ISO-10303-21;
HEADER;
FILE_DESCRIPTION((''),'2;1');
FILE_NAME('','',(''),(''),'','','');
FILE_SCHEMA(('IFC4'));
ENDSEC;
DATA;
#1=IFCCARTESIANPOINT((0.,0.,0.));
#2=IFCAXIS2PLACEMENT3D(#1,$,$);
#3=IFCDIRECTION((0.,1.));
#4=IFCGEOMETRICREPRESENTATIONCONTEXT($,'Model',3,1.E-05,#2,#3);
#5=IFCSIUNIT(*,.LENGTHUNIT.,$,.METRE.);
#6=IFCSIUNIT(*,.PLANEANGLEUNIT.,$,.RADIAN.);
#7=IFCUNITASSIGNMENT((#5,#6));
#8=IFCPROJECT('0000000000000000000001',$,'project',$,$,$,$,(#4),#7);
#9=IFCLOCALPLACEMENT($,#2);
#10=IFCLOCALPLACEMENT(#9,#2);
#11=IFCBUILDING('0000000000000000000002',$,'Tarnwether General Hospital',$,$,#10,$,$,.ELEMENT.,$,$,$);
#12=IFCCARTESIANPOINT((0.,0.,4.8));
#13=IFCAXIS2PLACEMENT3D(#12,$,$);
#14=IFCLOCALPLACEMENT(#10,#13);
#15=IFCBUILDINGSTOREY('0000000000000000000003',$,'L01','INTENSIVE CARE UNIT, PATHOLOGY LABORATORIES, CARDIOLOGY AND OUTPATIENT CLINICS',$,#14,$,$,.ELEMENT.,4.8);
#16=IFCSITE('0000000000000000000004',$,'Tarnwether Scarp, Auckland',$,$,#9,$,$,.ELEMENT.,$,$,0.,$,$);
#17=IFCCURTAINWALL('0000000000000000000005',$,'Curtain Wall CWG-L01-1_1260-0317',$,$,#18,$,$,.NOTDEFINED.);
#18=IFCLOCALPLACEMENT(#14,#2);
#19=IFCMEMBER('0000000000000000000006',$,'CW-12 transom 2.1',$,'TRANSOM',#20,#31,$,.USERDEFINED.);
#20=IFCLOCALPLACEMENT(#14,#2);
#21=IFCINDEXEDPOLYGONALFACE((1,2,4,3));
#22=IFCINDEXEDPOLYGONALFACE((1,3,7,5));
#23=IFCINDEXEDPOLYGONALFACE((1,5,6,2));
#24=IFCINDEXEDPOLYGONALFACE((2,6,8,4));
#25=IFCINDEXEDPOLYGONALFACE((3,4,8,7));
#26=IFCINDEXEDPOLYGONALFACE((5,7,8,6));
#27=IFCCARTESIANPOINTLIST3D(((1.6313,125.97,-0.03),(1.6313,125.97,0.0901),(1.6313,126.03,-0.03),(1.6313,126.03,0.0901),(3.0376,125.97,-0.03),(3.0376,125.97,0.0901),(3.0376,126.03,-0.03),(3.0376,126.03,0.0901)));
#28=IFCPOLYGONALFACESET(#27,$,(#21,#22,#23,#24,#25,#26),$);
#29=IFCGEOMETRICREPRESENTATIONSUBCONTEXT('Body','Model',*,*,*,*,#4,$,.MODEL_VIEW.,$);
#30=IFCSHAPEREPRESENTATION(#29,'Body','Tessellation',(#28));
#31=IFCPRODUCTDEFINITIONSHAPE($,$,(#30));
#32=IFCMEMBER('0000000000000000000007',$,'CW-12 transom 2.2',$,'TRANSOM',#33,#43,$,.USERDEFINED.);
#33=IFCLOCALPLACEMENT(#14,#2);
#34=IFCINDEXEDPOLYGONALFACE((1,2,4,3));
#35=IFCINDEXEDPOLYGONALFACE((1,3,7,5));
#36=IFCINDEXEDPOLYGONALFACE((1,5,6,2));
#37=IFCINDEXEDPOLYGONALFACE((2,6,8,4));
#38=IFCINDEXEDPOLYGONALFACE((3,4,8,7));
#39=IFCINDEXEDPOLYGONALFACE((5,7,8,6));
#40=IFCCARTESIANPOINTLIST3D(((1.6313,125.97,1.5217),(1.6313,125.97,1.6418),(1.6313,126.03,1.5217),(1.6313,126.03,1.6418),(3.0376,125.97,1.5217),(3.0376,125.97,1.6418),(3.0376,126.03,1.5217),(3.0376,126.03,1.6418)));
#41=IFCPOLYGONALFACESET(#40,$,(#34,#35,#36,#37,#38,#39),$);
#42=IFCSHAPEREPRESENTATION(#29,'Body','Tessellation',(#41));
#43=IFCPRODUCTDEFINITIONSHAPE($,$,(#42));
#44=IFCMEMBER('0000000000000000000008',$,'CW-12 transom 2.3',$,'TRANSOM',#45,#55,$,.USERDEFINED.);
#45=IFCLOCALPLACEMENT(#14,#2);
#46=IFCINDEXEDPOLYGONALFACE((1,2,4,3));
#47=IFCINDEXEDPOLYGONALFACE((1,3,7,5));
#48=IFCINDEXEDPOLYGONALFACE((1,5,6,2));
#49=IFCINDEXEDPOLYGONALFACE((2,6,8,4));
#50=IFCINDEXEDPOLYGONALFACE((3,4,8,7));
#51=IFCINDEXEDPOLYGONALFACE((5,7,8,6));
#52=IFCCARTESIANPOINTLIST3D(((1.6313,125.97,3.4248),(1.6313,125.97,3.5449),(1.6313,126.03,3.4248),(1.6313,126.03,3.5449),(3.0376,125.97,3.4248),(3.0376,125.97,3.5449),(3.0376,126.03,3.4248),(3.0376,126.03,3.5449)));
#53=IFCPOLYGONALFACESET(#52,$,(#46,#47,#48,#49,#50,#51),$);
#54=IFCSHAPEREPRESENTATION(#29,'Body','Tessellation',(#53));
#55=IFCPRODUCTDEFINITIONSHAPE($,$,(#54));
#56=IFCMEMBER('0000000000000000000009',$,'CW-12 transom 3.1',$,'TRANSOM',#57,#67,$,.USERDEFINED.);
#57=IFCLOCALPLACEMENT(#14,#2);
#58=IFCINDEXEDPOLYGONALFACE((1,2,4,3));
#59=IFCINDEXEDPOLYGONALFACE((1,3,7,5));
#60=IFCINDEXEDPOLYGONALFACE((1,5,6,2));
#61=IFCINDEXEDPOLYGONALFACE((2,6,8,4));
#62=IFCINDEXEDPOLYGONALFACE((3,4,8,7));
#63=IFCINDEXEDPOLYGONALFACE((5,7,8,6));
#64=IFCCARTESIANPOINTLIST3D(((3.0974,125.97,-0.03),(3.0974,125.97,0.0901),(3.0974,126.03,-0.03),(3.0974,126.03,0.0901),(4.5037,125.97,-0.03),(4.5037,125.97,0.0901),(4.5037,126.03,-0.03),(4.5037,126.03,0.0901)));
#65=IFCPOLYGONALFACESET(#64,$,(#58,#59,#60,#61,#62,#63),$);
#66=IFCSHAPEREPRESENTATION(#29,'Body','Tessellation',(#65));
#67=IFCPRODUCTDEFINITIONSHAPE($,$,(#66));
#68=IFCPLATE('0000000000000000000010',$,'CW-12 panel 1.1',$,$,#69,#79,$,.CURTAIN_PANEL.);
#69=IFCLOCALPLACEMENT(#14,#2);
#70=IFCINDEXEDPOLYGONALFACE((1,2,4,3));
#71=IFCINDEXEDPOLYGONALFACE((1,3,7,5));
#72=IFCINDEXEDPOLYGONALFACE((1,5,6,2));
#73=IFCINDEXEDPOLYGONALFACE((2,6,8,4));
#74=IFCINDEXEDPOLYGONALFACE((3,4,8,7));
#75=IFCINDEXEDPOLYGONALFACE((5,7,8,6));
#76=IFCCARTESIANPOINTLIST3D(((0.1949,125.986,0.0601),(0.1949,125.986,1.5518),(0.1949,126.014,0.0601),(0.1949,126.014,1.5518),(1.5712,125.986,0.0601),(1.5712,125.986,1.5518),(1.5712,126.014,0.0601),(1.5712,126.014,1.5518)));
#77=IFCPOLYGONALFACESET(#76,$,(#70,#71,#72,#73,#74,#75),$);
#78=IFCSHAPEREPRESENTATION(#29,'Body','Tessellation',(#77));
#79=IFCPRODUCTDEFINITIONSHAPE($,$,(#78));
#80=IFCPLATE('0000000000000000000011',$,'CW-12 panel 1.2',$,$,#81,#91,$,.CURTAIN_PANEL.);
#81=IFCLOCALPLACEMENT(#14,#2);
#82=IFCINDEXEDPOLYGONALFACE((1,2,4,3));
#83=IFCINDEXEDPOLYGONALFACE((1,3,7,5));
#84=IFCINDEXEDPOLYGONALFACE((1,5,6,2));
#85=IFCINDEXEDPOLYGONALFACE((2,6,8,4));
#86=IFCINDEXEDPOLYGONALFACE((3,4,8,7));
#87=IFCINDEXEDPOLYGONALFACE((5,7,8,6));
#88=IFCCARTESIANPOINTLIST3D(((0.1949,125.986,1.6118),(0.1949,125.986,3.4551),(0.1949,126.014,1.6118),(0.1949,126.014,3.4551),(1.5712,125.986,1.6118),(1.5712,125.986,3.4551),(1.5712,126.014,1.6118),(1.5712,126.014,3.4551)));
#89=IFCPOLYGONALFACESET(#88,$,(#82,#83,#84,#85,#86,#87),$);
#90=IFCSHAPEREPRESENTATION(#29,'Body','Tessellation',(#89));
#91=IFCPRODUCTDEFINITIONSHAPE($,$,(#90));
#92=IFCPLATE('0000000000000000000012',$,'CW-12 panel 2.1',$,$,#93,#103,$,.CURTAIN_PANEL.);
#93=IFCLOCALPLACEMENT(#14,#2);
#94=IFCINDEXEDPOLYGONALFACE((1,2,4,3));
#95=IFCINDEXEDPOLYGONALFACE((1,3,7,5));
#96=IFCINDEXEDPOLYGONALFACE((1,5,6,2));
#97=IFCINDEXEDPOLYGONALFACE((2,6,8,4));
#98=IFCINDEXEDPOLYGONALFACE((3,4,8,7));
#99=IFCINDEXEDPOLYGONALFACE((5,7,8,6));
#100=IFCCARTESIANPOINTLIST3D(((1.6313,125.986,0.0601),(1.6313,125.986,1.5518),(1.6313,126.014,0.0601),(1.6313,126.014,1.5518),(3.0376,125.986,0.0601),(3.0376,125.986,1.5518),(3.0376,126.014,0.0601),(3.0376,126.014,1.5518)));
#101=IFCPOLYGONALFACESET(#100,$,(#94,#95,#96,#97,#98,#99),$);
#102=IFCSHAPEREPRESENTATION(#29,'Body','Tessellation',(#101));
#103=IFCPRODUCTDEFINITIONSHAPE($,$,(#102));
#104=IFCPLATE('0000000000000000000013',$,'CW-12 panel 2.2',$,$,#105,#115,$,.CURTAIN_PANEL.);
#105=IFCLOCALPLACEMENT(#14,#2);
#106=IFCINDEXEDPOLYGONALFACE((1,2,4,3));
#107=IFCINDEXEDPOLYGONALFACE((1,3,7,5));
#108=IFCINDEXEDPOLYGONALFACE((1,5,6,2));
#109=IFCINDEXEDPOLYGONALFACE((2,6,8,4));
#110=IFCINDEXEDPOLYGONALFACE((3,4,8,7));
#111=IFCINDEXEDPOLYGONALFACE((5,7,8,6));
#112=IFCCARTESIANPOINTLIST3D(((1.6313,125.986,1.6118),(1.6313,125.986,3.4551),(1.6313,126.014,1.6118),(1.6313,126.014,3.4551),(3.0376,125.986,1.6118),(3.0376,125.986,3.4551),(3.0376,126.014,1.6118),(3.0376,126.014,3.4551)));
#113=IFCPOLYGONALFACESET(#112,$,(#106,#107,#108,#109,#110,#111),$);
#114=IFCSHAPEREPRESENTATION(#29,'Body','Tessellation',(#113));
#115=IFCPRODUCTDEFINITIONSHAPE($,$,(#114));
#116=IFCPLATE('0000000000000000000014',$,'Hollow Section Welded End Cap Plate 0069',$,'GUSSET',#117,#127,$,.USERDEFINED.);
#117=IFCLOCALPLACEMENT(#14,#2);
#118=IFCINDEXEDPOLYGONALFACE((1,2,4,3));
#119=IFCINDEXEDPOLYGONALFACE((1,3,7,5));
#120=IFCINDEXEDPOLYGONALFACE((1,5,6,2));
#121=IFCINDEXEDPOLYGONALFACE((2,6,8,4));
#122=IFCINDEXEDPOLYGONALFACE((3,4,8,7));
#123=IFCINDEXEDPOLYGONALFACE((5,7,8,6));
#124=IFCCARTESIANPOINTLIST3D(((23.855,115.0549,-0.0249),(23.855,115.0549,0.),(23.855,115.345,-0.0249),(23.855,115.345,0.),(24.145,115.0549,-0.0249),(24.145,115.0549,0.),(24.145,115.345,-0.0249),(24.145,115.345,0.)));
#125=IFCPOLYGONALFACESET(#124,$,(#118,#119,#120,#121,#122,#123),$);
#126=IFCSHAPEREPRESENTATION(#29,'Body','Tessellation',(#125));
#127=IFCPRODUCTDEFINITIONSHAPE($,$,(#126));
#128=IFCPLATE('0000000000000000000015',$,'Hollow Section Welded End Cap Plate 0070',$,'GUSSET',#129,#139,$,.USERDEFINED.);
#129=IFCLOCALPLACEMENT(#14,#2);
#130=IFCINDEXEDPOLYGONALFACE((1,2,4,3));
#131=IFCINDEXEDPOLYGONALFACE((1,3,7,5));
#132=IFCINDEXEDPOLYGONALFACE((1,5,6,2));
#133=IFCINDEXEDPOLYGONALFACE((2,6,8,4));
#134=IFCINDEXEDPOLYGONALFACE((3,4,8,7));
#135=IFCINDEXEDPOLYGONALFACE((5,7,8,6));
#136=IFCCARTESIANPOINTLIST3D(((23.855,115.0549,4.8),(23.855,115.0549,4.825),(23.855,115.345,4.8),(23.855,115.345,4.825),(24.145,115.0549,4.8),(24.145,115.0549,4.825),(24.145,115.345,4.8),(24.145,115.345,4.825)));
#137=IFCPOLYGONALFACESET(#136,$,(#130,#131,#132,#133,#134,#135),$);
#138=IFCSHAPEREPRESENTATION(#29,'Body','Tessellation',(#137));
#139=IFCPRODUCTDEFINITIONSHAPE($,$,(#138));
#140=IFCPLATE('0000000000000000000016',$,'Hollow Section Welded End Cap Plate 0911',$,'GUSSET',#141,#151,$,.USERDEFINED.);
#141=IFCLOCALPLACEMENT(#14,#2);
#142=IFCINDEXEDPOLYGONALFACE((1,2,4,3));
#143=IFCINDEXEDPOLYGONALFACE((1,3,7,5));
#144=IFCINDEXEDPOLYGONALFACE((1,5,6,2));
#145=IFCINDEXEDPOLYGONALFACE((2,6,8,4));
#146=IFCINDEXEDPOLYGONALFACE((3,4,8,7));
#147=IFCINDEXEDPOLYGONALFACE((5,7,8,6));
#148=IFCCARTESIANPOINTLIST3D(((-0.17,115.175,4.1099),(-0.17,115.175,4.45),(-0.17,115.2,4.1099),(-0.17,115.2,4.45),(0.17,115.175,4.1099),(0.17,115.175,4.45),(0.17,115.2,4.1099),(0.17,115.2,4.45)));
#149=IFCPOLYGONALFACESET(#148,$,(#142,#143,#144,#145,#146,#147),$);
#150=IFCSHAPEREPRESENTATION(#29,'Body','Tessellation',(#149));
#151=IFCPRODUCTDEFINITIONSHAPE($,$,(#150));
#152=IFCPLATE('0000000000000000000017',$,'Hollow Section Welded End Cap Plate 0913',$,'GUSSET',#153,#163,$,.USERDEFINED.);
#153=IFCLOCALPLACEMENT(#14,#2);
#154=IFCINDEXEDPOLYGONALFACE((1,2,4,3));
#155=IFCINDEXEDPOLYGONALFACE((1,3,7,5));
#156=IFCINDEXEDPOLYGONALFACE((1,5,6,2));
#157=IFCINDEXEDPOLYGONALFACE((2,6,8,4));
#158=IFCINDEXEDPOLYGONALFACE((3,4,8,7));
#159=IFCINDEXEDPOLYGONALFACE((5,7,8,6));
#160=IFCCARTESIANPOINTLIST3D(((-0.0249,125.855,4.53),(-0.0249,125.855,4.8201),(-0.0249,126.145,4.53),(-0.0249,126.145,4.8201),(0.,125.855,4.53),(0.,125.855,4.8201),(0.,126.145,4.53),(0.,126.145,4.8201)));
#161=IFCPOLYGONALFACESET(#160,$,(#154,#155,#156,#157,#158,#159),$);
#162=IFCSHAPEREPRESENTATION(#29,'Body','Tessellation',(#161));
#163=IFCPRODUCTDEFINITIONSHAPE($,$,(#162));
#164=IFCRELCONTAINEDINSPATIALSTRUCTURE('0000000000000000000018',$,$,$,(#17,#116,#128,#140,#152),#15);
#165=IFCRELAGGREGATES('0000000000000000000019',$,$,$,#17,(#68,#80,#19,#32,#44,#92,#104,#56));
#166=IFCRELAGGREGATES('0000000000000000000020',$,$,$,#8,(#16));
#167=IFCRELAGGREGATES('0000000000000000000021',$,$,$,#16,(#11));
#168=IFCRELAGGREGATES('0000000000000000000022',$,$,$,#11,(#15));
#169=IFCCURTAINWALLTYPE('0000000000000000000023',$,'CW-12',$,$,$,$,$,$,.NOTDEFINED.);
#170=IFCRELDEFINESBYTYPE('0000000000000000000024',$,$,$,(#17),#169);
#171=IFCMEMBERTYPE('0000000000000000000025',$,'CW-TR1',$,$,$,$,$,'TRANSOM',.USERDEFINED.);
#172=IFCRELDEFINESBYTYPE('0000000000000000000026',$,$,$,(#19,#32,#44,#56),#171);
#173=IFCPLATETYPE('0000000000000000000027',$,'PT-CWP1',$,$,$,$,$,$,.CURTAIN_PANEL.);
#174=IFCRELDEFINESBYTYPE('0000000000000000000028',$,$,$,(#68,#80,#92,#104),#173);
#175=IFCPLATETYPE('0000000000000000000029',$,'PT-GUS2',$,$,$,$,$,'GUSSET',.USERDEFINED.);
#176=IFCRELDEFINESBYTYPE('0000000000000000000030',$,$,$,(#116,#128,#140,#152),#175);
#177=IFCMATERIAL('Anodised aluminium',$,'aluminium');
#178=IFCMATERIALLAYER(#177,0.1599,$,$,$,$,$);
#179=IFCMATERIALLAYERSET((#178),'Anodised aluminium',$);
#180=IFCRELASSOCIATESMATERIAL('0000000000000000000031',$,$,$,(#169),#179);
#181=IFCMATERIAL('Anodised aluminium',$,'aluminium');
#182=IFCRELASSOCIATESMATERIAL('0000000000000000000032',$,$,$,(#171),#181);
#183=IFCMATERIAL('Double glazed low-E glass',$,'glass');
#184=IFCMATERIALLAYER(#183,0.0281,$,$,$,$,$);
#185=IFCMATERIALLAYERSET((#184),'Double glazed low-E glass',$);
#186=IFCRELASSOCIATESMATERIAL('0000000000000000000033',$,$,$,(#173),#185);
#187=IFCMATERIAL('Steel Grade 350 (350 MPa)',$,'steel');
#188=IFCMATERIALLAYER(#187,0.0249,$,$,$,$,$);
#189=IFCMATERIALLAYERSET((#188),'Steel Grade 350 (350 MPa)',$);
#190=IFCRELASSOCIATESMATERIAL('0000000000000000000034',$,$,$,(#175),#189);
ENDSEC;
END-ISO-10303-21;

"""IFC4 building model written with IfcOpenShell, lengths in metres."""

from ifc_helpers import new_model, si_unit, direction, frame, origin, origin_2d, place, context, subcontext, project, spatial, rectangle, extrude, material, layer, layer_set, material_profile, profile_set, type_object, element, aggregate, save


model = new_model("IFC4")

# Units and contexts
model_context = context("Model", 3, precision=1e-05, world=origin(), true_north=direction((0.0, 1.0)))
body_context = subcontext(model_context, "Body", "Model", "MODEL_VIEW")
ifc_project = project(units=[si_unit("LENGTHUNIT", "METRE"), si_unit("PLANEANGLEUNIT", "RADIAN")], contexts=[model_context])

# Site, building, storey
site_placement = place(None, origin())
site = spatial("IfcSite", under=ifc_project, at=site_placement, Name="Tarnwether Scarp, Auckland", CompositionType="ELEMENT", RefElevation=0.0)
building_placement = place(site_placement, origin())
building = spatial("IfcBuilding", under=site, at=building_placement, Name="Tarnwether General Hospital", CompositionType="ELEMENT")
storey_placement = place(building_placement, frame((0.0, 0.0, 4.8)))
storey = spatial("IfcBuildingStorey", under=building, at=storey_placement, Name="L01", Description="INTENSIVE CARE UNIT, PATHOLOGY LABORATORIES, CARDIOLOGY AND OUTPATIENT CLINICS", CompositionType="ELEMENT", Elevation=4.8)

# Curtain wall, members, plates
ifc_material_1 = material(Name="Anodised aluminium", Category="aluminium")
ifc_layer_1 = layer(ifc_material_1, 0.1599)
ifc_layer_set_1 = layer_set([ifc_layer_1], Name="Anodised aluminium")
curtain_wall_type = type_object("IfcCurtainWallType", Name="CW-12", PredefinedType="NOTDEFINED", material=ifc_layer_set_1)
curtain_wall_placement = place(storey_placement, origin())
curtain_wall = element("IfcCurtainWall", 1, at=curtain_wall_placement, inside=storey, type_object=curtain_wall_type, Name="Curtain Wall CWG-L01-1_1260-0317", PredefinedType="NOTDEFINED")
ifc_material_2 = material(Name="Anodised aluminium", Category="aluminium")
ifc_material_profile_1 = material_profile(ifc_material_2, rectangle(XDim=0.0601, YDim=0.1201, at=origin_2d()), Name="ALU-TRN-60x120")
ifc_profile_set_1 = profile_set([ifc_material_profile_1], Name="Anodised aluminium")
member_type_1 = type_object("IfcMemberType", Name="CW-TR1", ElementType="TRANSOM", PredefinedType="USERDEFINED", material=ifc_profile_set_1)
member_1_placement = place(storey_placement, frame((1.6313, 126.0, 0.03), z_axis=(1.0, 0.0, 0.0), x_axis=(0.0, 1.0, 0.0)))
member_1 = element("IfcMember", 2, at=member_1_placement, type_object=member_type_1, Name="CW-12 transom 2.1", ObjectType="TRANSOM", PredefinedType="USERDEFINED", context=body_context, shape_type="SweptSolid", body=[
    extrude(rectangle(XDim=0.0601, YDim=0.1201, at=origin_2d()), origin(), (0.0, 0.0, 1.0), 1.4062),
])
member_2_placement = place(storey_placement, frame((1.6313, 126.0, 1.5818), z_axis=(1.0, 0.0, 0.0), x_axis=(0.0, 1.0, 0.0)))
member_2 = element("IfcMember", 3, at=member_2_placement, type_object=member_type_1, Name="CW-12 transom 2.2", ObjectType="TRANSOM", PredefinedType="USERDEFINED", context=body_context, shape_type="SweptSolid", body=[
    extrude(rectangle(XDim=0.0601, YDim=0.1201, at=origin_2d()), origin(), (0.0, 0.0, 1.0), 1.4062),
])
member_3_placement = place(storey_placement, frame((1.6313, 126.0, 3.4849), z_axis=(1.0, 0.0, 0.0), x_axis=(0.0, 1.0, 0.0)))
member_3 = element("IfcMember", 4, at=member_3_placement, type_object=member_type_1, Name="CW-12 transom 2.3", ObjectType="TRANSOM", PredefinedType="USERDEFINED", context=body_context, shape_type="SweptSolid", body=[
    extrude(rectangle(XDim=0.0601, YDim=0.1201, at=origin_2d()), origin(), (0.0, 0.0, 1.0), 1.4062),
])
member_4_placement = place(storey_placement, frame((3.0974, 126.0, 0.03), z_axis=(1.0, 0.0, 0.0), x_axis=(0.0, 1.0, 0.0)))
member_4 = element("IfcMember", 5, at=member_4_placement, type_object=member_type_1, Name="CW-12 transom 3.1", ObjectType="TRANSOM", PredefinedType="USERDEFINED", context=body_context, shape_type="SweptSolid", body=[
    extrude(rectangle(XDim=0.0601, YDim=0.1201, at=origin_2d()), origin(), (0.0, 0.0, 1.0), 1.4062),
])
ifc_material_3 = material(Name="Double glazed low-E glass", Category="glass")
ifc_layer_2 = layer(ifc_material_3, 0.0281)
ifc_layer_set_2 = layer_set([ifc_layer_2], Name="Double glazed low-E glass")
plate_type_1 = type_object("IfcPlateType", Name="PT-CWP1", PredefinedType="CURTAIN_PANEL", material=ifc_layer_set_2)
plate_1_placement = place(storey_placement, frame((0.8831, 126.0, 0.0601), z_axis=(0.0, 0.0, 1.0), x_axis=(1.0, 0.0, 0.0)))
plate_1 = element("IfcPlate", 6, at=plate_1_placement, type_object=plate_type_1, Name="CW-12 panel 1.1", PredefinedType="CURTAIN_PANEL", context=body_context, shape_type="SweptSolid", body=[
    extrude(rectangle(XDim=1.3762, YDim=0.0281, at=origin_2d()), origin(), (0.0, 0.0, 1.0), 1.4917),
])
plate_2_placement = place(storey_placement, frame((0.8831, 126.0, 1.6118), z_axis=(0.0, 0.0, 1.0), x_axis=(1.0, 0.0, 0.0)))
plate_2 = element("IfcPlate", 7, at=plate_2_placement, type_object=plate_type_1, Name="CW-12 panel 1.2", PredefinedType="CURTAIN_PANEL", context=body_context, shape_type="SweptSolid", body=[
    extrude(rectangle(XDim=1.3762, YDim=0.0281, at=origin_2d()), origin(), (0.0, 0.0, 1.0), 1.8433),
])
plate_3_placement = place(storey_placement, frame((2.3345, 126.0, 0.0601), z_axis=(0.0, 0.0, 1.0), x_axis=(1.0, 0.0, 0.0)))
plate_3 = element("IfcPlate", 8, at=plate_3_placement, type_object=plate_type_1, Name="CW-12 panel 2.1", PredefinedType="CURTAIN_PANEL", context=body_context, shape_type="SweptSolid", body=[
    extrude(rectangle(XDim=1.4062, YDim=0.0281, at=origin_2d()), origin(), (0.0, 0.0, 1.0), 1.4917),
])
plate_4_placement = place(storey_placement, frame((2.3345, 126.0, 1.6118), z_axis=(0.0, 0.0, 1.0), x_axis=(1.0, 0.0, 0.0)))
plate_4 = element("IfcPlate", 9, at=plate_4_placement, type_object=plate_type_1, Name="CW-12 panel 2.2", PredefinedType="CURTAIN_PANEL", context=body_context, shape_type="SweptSolid", body=[
    extrude(rectangle(XDim=1.4062, YDim=0.0281, at=origin_2d()), origin(), (0.0, 0.0, 1.0), 1.8433),
])
aggregate(curtain_wall, [plate_1, plate_2, member_1, member_2, member_3, plate_3, plate_4, member_4])

# Plates
ifc_material_4 = material(Name="Steel Grade 350 (350 MPa)", Category="steel")
ifc_layer_3 = layer(ifc_material_4, 0.0249)
ifc_layer_set_3 = layer_set([ifc_layer_3], Name="Steel Grade 350 (350 MPa)")
plate_type_2 = type_object("IfcPlateType", Name="PT-GUS2", ElementType="GUSSET", PredefinedType="USERDEFINED", material=ifc_layer_set_3)
for number, where, z_axis, x_axis, name in (
    (10, (24.0, 115.2, -0.0249), (0.0, 0.0, 1.0), (1.0, 0.0, 0.0), "Hollow Section Welded End Cap Plate 0069"),
    (11, (24.0, 115.2, 4.8), (0.0, 0.0, 1.0), (1.0, 0.0, 0.0), "Hollow Section Welded End Cap Plate 0070"),
):
    element("IfcPlate", number, at=place(storey_placement, frame(where, z_axis=z_axis, x_axis=x_axis)), inside=storey, type_object=plate_type_2, Name=name, ObjectType="GUSSET", PredefinedType="USERDEFINED", context=body_context, shape_type="SweptSolid", body=[
        extrude(rectangle(XDim=0.29, YDim=0.29, at=origin_2d()), origin(), (0.0, 0.0, 1.0), 0.0249),
    ])
plate_5_placement = place(storey_placement, frame((0.0, 115.1875, 4.1099), z_axis=(0.0, 0.0, 1.0), x_axis=(0.0, 1.0, 0.0)))
element("IfcPlate", 12, at=plate_5_placement, inside=storey, type_object=plate_type_2, Name="Hollow Section Welded End Cap Plate 0911", ObjectType="GUSSET", PredefinedType="USERDEFINED", context=body_context, shape_type="SweptSolid", body=[
    extrude(rectangle(XDim=0.0249, YDim=0.3401, at=origin_2d()), origin(), (0.0, 0.0, 1.0), 0.3401),
])
plate_6_placement = place(storey_placement, frame((-0.0125, 126.0, 4.53), z_axis=(0.0, 0.0, 1.0), x_axis=(1.0, 0.0, 0.0)))
element("IfcPlate", 13, at=plate_6_placement, inside=storey, type_object=plate_type_2, Name="Hollow Section Welded End Cap Plate 0913", ObjectType="GUSSET", PredefinedType="USERDEFINED", context=body_context, shape_type="SweptSolid", body=[
    extrude(rectangle(XDim=0.0249, YDim=0.29, at=origin_2d()), origin(), (0.0, 0.0, 1.0), 0.29),
])

save(model, "model.ifc")
